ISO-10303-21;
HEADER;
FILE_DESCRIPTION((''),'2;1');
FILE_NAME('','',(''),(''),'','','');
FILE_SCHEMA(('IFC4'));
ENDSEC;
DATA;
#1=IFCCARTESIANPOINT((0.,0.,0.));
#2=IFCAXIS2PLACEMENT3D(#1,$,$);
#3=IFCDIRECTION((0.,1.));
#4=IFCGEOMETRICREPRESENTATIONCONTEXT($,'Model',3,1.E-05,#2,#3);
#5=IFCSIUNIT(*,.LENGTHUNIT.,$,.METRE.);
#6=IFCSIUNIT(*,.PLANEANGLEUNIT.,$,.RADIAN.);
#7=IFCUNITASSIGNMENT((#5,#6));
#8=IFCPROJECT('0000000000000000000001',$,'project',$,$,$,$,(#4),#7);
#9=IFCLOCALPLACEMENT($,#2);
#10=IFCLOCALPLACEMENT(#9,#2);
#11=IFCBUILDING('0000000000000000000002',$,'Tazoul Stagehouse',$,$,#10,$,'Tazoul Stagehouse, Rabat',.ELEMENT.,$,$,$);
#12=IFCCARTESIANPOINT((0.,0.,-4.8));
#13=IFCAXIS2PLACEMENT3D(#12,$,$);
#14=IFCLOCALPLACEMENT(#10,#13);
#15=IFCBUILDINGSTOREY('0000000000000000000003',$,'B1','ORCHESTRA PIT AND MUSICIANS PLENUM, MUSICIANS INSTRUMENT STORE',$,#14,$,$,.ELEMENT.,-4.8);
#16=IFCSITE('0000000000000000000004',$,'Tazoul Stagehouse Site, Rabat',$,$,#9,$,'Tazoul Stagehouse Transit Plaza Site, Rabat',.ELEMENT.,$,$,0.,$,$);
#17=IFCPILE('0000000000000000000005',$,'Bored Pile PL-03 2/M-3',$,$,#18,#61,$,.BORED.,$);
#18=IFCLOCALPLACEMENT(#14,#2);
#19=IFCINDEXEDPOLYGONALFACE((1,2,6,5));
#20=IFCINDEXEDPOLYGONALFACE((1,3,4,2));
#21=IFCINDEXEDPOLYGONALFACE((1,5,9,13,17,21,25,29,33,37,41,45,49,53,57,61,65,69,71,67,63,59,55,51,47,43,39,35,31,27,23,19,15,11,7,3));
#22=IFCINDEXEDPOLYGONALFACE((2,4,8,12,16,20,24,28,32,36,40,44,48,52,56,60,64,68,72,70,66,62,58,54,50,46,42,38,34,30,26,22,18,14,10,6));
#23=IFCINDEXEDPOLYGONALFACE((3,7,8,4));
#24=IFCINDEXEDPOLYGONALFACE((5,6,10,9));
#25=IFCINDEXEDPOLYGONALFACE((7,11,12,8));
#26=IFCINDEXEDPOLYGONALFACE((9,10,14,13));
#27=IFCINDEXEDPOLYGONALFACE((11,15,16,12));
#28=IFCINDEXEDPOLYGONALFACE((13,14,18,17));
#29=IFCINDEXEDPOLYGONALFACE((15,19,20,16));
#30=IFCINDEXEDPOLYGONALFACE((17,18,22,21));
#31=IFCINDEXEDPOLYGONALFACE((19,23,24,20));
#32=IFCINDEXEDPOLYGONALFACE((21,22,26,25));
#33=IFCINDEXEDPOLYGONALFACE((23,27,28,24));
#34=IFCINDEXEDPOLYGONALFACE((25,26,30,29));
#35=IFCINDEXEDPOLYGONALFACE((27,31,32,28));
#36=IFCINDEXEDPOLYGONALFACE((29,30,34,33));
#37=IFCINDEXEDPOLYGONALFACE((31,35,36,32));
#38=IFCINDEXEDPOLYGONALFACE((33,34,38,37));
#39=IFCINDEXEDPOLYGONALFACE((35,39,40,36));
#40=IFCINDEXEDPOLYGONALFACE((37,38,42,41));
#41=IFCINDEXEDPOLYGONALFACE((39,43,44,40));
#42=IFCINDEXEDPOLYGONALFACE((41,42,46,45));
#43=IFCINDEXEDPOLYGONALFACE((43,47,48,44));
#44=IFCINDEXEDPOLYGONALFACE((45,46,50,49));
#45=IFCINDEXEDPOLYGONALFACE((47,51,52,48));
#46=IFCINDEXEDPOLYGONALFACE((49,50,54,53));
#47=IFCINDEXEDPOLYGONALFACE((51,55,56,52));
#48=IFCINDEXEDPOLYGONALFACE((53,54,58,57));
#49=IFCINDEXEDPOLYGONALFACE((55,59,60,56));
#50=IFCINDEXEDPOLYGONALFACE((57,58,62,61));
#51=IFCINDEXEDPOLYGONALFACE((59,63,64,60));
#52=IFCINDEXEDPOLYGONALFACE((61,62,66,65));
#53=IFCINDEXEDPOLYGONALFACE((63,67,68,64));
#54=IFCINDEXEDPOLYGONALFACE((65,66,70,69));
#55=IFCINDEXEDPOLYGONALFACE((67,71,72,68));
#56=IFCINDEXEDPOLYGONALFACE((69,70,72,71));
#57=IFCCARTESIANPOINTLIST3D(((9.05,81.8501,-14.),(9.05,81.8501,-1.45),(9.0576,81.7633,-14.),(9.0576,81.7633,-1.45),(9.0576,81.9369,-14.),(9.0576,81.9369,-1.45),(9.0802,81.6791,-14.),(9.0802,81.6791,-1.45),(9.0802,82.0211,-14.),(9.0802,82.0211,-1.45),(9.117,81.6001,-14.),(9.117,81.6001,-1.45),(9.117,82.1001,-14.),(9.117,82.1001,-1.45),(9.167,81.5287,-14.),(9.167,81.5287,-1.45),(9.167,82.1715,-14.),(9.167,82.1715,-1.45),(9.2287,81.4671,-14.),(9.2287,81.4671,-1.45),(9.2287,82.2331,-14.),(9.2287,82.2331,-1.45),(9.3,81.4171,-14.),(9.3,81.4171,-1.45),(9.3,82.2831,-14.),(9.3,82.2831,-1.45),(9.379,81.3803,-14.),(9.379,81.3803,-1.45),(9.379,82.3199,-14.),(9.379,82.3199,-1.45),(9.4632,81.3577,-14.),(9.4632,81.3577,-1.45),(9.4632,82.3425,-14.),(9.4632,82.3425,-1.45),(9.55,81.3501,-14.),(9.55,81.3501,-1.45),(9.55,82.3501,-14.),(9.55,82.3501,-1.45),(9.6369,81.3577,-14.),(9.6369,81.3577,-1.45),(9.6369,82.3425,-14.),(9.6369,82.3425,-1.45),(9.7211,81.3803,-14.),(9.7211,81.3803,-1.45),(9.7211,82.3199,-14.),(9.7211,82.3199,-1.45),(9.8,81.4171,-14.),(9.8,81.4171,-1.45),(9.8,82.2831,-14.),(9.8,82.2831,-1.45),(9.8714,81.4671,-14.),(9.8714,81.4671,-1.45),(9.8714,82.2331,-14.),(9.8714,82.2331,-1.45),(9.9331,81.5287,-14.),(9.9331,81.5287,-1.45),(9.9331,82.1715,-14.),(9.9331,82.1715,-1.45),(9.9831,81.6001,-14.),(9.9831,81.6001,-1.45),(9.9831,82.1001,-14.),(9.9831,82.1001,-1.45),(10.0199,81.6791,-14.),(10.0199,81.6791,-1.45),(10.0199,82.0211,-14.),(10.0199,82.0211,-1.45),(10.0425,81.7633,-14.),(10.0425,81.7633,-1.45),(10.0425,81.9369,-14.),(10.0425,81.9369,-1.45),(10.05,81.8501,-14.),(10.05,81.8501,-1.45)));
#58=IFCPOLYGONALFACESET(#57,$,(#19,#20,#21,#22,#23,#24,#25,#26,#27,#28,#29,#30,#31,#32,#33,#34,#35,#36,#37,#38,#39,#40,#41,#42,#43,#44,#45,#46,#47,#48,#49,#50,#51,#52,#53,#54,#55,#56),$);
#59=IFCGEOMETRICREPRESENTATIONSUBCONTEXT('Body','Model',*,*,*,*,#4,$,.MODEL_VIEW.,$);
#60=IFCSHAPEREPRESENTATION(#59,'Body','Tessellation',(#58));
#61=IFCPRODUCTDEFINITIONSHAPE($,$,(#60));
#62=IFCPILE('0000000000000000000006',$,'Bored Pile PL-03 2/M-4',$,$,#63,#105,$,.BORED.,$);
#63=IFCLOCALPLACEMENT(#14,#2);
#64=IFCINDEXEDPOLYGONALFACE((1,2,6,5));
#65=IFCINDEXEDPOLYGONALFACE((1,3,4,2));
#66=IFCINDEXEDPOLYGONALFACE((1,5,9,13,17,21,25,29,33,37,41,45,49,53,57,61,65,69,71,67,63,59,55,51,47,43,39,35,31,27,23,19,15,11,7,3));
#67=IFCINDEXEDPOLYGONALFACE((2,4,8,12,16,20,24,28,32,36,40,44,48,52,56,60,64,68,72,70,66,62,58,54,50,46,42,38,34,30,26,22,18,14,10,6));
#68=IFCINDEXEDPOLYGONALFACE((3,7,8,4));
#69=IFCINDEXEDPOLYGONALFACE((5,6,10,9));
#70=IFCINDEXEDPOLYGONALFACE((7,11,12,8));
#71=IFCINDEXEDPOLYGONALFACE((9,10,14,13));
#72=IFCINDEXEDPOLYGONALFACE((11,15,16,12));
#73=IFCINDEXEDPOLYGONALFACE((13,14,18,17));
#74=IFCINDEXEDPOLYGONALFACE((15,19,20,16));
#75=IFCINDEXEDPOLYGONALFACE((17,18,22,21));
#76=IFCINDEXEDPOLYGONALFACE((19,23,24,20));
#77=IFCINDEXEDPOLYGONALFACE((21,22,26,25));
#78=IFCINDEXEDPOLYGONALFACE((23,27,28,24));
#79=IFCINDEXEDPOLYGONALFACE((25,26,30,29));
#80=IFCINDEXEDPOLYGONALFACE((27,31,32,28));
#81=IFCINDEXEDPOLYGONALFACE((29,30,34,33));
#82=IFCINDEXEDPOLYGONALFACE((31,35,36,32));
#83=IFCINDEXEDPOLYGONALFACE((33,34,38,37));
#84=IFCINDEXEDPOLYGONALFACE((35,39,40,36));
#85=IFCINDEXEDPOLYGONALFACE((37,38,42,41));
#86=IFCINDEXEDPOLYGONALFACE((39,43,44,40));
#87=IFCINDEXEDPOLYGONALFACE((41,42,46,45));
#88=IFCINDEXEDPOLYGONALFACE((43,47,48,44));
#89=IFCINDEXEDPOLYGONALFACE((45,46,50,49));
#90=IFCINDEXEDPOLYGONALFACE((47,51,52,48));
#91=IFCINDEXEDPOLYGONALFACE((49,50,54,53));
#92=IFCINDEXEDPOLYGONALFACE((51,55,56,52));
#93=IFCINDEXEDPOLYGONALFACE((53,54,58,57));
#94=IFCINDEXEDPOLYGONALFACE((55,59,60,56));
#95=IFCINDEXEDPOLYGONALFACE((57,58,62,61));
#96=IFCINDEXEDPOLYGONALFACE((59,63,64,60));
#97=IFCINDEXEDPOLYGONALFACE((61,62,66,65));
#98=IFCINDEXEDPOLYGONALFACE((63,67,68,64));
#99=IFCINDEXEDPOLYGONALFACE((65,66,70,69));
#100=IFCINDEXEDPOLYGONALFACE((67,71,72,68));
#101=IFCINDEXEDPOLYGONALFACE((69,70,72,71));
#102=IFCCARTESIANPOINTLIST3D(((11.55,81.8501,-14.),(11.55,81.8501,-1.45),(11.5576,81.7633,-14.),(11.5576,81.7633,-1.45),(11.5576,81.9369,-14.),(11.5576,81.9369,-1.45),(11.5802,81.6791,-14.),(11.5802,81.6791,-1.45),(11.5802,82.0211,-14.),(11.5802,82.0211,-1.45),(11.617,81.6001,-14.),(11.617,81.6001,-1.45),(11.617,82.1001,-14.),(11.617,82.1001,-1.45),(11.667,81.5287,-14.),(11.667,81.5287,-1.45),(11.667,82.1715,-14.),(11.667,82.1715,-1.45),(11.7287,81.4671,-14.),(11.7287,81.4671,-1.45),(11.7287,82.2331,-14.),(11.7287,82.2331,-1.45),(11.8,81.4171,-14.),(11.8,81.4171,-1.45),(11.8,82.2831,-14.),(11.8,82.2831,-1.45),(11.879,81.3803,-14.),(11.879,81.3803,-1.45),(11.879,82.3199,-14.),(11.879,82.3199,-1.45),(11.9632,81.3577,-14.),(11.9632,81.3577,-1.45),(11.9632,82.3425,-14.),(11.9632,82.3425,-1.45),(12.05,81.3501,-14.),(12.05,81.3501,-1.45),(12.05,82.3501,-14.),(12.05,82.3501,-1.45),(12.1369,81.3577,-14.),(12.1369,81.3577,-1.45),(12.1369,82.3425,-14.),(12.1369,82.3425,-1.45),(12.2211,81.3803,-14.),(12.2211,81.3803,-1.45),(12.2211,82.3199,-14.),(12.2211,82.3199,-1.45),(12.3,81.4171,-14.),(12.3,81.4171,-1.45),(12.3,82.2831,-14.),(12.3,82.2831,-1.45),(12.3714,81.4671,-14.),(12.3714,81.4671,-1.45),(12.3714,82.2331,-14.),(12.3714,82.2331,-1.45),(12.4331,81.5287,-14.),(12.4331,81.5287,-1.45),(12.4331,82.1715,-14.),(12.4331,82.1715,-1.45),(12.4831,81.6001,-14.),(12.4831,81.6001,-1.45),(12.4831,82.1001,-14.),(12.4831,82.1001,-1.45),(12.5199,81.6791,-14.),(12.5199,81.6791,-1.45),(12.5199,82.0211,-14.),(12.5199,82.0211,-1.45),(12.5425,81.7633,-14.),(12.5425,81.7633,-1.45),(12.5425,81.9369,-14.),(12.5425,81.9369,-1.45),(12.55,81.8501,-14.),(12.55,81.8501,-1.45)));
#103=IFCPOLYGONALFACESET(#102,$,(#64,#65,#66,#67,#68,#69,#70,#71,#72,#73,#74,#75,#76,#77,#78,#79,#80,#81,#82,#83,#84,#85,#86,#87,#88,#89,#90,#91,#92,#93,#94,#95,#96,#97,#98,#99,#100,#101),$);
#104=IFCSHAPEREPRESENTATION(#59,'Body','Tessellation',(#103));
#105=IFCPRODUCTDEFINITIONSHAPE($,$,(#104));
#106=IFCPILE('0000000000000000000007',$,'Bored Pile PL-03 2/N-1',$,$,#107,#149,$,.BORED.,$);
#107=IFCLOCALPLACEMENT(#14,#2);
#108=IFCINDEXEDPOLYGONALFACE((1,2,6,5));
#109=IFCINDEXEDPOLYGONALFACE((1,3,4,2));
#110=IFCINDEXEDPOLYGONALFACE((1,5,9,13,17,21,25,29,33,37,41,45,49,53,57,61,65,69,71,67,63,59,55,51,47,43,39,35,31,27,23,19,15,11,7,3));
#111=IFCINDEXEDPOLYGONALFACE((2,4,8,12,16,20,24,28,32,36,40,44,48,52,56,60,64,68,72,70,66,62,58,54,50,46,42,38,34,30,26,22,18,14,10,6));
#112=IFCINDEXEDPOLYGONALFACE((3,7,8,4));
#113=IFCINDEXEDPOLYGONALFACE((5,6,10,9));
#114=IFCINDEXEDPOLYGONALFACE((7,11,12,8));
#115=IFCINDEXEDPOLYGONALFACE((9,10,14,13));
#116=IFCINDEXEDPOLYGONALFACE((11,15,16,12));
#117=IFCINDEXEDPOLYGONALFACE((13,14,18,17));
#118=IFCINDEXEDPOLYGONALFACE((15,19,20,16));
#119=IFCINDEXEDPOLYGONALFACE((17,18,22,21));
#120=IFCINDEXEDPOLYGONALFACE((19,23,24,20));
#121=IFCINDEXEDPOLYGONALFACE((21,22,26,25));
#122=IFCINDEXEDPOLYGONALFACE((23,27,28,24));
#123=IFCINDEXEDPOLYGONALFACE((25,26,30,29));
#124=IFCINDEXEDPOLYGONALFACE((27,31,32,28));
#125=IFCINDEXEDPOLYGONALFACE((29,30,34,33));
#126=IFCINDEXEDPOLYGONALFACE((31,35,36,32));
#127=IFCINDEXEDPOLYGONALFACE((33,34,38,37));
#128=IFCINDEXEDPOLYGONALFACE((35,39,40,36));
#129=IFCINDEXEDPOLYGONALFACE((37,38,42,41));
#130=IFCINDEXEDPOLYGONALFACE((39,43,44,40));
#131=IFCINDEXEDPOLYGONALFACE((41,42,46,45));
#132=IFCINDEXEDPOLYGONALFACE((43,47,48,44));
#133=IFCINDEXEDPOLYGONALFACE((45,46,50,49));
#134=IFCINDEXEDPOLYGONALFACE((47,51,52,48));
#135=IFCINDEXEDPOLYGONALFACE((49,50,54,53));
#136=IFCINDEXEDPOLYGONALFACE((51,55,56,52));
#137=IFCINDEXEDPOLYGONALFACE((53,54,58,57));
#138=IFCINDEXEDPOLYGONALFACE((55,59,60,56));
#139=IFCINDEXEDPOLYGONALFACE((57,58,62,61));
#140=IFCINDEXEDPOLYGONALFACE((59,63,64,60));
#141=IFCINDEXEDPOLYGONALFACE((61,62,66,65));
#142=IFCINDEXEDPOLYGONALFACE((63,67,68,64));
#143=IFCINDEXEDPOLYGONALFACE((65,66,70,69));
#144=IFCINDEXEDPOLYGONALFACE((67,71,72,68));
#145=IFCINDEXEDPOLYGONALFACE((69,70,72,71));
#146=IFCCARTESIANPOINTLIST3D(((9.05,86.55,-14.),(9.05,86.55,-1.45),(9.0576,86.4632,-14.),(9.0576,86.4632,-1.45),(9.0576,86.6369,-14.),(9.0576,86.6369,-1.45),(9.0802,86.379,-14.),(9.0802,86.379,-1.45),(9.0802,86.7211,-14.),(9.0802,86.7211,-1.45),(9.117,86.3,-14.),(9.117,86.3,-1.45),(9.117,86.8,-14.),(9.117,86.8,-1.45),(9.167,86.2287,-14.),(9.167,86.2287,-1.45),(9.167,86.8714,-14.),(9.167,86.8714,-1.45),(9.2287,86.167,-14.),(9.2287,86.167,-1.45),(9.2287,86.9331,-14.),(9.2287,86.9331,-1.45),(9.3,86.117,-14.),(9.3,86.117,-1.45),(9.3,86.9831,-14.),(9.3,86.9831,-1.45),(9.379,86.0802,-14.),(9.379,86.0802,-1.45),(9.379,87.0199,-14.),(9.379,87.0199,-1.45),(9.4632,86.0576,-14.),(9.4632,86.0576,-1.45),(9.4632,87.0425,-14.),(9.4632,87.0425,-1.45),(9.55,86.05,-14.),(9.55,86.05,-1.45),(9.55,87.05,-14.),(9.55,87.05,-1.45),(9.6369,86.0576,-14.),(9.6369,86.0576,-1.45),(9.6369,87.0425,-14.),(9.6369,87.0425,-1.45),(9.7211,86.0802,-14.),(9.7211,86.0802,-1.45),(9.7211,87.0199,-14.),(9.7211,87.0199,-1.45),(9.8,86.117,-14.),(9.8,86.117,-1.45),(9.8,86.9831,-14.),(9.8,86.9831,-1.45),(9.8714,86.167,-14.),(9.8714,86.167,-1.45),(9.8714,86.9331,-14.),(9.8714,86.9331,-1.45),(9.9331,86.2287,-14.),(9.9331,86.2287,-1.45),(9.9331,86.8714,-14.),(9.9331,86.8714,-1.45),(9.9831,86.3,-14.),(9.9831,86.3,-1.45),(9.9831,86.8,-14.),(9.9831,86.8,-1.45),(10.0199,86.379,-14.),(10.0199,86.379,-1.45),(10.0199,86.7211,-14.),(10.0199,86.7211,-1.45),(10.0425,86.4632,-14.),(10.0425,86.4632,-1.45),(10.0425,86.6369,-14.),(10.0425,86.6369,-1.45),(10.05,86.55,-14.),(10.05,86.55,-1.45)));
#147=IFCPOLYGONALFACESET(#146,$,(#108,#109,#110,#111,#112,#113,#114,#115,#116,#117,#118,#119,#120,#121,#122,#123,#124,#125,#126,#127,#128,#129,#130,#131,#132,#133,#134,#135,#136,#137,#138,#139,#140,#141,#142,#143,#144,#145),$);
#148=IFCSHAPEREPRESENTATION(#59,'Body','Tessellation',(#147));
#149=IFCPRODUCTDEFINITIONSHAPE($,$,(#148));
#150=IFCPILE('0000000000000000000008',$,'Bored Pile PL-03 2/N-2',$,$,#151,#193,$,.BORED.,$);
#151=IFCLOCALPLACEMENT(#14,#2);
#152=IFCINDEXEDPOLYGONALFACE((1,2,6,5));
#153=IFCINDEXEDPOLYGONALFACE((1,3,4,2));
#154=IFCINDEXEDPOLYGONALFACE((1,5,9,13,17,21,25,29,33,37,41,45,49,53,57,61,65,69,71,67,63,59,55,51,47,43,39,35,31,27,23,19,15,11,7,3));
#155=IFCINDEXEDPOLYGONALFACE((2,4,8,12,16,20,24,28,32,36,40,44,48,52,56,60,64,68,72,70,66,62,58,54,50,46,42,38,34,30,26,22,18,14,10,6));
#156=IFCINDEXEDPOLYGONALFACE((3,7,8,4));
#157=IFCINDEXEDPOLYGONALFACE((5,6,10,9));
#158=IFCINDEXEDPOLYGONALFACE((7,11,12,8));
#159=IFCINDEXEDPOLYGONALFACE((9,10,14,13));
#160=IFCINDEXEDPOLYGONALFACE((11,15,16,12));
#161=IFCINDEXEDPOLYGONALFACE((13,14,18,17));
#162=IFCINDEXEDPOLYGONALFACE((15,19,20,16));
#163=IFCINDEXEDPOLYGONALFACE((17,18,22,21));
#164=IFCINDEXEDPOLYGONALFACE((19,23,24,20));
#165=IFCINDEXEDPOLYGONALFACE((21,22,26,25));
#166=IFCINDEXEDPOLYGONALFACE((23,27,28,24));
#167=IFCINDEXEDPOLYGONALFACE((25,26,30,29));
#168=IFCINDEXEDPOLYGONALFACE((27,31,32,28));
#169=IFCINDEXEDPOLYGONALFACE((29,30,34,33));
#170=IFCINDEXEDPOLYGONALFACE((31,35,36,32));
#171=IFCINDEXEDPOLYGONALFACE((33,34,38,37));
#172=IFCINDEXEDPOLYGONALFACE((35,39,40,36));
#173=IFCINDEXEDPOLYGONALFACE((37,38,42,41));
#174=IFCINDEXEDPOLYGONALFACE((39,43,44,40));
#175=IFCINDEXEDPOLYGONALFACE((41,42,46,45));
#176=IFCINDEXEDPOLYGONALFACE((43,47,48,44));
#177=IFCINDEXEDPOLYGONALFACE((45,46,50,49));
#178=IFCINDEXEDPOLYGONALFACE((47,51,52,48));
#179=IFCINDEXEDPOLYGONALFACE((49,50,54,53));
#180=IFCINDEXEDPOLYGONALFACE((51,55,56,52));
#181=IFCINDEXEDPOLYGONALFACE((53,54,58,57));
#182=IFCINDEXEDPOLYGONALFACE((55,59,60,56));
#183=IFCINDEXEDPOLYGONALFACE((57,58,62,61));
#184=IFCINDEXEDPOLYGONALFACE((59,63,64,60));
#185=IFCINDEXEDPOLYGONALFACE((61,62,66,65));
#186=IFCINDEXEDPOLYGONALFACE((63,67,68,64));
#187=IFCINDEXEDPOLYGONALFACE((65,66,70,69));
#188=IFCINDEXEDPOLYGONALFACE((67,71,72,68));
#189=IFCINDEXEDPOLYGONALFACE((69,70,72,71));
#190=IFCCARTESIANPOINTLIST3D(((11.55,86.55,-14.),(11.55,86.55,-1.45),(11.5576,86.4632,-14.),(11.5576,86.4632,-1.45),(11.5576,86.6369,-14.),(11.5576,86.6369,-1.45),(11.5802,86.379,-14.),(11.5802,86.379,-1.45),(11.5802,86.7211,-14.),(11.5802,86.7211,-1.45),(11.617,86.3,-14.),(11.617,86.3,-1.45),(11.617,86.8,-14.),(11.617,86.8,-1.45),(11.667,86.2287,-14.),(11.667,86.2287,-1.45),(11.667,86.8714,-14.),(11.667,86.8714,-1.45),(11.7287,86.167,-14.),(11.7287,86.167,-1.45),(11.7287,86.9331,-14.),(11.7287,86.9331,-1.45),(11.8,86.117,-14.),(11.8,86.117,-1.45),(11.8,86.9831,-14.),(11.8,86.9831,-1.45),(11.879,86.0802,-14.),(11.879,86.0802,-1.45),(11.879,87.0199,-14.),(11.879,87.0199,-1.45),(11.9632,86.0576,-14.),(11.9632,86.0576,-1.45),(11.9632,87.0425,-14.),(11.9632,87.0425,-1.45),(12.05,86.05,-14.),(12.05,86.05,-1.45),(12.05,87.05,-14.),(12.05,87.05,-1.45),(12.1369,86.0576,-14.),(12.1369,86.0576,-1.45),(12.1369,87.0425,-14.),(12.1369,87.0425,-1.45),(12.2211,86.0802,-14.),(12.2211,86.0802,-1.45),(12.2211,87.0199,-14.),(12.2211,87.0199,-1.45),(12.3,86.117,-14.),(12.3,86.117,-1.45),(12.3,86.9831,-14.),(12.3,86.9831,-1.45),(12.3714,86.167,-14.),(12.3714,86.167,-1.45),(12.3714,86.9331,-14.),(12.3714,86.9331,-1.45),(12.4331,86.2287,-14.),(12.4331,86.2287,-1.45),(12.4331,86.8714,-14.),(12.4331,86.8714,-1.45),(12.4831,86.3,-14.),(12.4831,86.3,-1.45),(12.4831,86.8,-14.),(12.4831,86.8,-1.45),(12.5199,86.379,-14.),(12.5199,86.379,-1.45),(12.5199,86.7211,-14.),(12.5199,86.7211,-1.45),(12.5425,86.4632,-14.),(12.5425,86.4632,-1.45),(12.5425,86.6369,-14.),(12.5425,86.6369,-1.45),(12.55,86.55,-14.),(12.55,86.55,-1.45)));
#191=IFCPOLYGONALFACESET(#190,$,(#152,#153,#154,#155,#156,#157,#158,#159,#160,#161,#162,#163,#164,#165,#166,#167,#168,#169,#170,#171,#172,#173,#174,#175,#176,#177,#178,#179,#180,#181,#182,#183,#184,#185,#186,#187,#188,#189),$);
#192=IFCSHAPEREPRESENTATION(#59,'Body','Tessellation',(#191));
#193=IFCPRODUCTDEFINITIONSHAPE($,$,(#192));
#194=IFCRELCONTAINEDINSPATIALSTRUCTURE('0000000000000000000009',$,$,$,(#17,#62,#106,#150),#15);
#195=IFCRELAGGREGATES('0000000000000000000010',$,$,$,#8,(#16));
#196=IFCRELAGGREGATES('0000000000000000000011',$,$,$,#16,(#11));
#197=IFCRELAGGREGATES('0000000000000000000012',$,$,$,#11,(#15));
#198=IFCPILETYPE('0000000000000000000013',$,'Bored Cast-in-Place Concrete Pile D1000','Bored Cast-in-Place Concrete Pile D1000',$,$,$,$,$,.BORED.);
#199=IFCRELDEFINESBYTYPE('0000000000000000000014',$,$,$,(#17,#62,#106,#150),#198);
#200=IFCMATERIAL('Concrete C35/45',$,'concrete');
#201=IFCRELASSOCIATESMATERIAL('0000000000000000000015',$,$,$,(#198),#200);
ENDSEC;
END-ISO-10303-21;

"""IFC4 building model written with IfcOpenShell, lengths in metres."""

from ifc_helpers import new_model, si_unit, direction, frame, origin, origin_2d, place, context, subcontext, project, spatial, circle, extrude, material, material_profile, profile_set, type_object, element, save


model = new_model("IFC4")

# Units and contexts
model_context = context("Model", 3, precision=1e-05, world=origin(), true_north=direction((0.0, 1.0)))
body_context = subcontext(model_context, "Body", "Model", "MODEL_VIEW")
ifc_project = project(units=[si_unit("LENGTHUNIT", "METRE"), si_unit("PLANEANGLEUNIT", "RADIAN")], contexts=[model_context])

# Site, building, storey
site_placement = place(None, origin())
site = spatial("IfcSite", under=ifc_project, at=site_placement, Name="Tazoul Stagehouse Site, Rabat", LongName="Tazoul Stagehouse Transit Plaza Site, Rabat", CompositionType="ELEMENT", RefElevation=0.0)
building_placement = place(site_placement, origin())
building = spatial("IfcBuilding", under=site, at=building_placement, Name="Tazoul Stagehouse", LongName="Tazoul Stagehouse, Rabat", CompositionType="ELEMENT")
storey_placement = place(building_placement, frame((0.0, 0.0, -4.8)))
storey = spatial("IfcBuildingStorey", under=building, at=storey_placement, Name="B1", Description="ORCHESTRA PIT AND MUSICIANS PLENUM, MUSICIANS INSTRUMENT STORE", CompositionType="ELEMENT", Elevation=-4.8)

# Piles
ifc_material_1 = material(Name="Concrete C35/45", Category="concrete")
ifc_material_profile_1 = material_profile(ifc_material_1, circle(Radius=0.5, at=origin_2d()), Name="BORED PILE 1000")
ifc_profile_set_1 = profile_set([ifc_material_profile_1], Name="Concrete C35/45")
pile_type_1 = type_object("IfcPileType", Name="Bored Cast-in-Place Concrete Pile D1000", Description="Bored Cast-in-Place Concrete Pile D1000", PredefinedType="BORED", material=ifc_profile_set_1)
for number, where, z_axis, x_axis, name in (
    (1, (9.55, 81.8501, -1.45), (0.0, 0.0, -1.0), (1.0, 0.0, 0.0), "Bored Pile PL-03 2/M-3"),
    (2, (12.05, 81.8501, -1.45), (0.0, 0.0, -1.0), (1.0, 0.0, 0.0), "Bored Pile PL-03 2/M-4"),
    (3, (9.55, 86.55, -1.45), (0.0, 0.0, -1.0), (1.0, 0.0, 0.0), "Bored Pile PL-03 2/N-1"),
    (4, (12.05, 86.55, -1.45), (0.0, 0.0, -1.0), (1.0, 0.0, 0.0), "Bored Pile PL-03 2/N-2"),
):
    element("IfcPile", number, at=place(storey_placement, frame(where, z_axis=z_axis, x_axis=x_axis)), inside=storey, type_object=pile_type_1, Name=name, PredefinedType="BORED", context=body_context, shape_type="SweptSolid", body=[
        extrude(circle(Radius=0.5, at=origin_2d()), origin(), (0.0, 0.0, 1.0), 12.55),
    ])

save(model, "model.ifc")
